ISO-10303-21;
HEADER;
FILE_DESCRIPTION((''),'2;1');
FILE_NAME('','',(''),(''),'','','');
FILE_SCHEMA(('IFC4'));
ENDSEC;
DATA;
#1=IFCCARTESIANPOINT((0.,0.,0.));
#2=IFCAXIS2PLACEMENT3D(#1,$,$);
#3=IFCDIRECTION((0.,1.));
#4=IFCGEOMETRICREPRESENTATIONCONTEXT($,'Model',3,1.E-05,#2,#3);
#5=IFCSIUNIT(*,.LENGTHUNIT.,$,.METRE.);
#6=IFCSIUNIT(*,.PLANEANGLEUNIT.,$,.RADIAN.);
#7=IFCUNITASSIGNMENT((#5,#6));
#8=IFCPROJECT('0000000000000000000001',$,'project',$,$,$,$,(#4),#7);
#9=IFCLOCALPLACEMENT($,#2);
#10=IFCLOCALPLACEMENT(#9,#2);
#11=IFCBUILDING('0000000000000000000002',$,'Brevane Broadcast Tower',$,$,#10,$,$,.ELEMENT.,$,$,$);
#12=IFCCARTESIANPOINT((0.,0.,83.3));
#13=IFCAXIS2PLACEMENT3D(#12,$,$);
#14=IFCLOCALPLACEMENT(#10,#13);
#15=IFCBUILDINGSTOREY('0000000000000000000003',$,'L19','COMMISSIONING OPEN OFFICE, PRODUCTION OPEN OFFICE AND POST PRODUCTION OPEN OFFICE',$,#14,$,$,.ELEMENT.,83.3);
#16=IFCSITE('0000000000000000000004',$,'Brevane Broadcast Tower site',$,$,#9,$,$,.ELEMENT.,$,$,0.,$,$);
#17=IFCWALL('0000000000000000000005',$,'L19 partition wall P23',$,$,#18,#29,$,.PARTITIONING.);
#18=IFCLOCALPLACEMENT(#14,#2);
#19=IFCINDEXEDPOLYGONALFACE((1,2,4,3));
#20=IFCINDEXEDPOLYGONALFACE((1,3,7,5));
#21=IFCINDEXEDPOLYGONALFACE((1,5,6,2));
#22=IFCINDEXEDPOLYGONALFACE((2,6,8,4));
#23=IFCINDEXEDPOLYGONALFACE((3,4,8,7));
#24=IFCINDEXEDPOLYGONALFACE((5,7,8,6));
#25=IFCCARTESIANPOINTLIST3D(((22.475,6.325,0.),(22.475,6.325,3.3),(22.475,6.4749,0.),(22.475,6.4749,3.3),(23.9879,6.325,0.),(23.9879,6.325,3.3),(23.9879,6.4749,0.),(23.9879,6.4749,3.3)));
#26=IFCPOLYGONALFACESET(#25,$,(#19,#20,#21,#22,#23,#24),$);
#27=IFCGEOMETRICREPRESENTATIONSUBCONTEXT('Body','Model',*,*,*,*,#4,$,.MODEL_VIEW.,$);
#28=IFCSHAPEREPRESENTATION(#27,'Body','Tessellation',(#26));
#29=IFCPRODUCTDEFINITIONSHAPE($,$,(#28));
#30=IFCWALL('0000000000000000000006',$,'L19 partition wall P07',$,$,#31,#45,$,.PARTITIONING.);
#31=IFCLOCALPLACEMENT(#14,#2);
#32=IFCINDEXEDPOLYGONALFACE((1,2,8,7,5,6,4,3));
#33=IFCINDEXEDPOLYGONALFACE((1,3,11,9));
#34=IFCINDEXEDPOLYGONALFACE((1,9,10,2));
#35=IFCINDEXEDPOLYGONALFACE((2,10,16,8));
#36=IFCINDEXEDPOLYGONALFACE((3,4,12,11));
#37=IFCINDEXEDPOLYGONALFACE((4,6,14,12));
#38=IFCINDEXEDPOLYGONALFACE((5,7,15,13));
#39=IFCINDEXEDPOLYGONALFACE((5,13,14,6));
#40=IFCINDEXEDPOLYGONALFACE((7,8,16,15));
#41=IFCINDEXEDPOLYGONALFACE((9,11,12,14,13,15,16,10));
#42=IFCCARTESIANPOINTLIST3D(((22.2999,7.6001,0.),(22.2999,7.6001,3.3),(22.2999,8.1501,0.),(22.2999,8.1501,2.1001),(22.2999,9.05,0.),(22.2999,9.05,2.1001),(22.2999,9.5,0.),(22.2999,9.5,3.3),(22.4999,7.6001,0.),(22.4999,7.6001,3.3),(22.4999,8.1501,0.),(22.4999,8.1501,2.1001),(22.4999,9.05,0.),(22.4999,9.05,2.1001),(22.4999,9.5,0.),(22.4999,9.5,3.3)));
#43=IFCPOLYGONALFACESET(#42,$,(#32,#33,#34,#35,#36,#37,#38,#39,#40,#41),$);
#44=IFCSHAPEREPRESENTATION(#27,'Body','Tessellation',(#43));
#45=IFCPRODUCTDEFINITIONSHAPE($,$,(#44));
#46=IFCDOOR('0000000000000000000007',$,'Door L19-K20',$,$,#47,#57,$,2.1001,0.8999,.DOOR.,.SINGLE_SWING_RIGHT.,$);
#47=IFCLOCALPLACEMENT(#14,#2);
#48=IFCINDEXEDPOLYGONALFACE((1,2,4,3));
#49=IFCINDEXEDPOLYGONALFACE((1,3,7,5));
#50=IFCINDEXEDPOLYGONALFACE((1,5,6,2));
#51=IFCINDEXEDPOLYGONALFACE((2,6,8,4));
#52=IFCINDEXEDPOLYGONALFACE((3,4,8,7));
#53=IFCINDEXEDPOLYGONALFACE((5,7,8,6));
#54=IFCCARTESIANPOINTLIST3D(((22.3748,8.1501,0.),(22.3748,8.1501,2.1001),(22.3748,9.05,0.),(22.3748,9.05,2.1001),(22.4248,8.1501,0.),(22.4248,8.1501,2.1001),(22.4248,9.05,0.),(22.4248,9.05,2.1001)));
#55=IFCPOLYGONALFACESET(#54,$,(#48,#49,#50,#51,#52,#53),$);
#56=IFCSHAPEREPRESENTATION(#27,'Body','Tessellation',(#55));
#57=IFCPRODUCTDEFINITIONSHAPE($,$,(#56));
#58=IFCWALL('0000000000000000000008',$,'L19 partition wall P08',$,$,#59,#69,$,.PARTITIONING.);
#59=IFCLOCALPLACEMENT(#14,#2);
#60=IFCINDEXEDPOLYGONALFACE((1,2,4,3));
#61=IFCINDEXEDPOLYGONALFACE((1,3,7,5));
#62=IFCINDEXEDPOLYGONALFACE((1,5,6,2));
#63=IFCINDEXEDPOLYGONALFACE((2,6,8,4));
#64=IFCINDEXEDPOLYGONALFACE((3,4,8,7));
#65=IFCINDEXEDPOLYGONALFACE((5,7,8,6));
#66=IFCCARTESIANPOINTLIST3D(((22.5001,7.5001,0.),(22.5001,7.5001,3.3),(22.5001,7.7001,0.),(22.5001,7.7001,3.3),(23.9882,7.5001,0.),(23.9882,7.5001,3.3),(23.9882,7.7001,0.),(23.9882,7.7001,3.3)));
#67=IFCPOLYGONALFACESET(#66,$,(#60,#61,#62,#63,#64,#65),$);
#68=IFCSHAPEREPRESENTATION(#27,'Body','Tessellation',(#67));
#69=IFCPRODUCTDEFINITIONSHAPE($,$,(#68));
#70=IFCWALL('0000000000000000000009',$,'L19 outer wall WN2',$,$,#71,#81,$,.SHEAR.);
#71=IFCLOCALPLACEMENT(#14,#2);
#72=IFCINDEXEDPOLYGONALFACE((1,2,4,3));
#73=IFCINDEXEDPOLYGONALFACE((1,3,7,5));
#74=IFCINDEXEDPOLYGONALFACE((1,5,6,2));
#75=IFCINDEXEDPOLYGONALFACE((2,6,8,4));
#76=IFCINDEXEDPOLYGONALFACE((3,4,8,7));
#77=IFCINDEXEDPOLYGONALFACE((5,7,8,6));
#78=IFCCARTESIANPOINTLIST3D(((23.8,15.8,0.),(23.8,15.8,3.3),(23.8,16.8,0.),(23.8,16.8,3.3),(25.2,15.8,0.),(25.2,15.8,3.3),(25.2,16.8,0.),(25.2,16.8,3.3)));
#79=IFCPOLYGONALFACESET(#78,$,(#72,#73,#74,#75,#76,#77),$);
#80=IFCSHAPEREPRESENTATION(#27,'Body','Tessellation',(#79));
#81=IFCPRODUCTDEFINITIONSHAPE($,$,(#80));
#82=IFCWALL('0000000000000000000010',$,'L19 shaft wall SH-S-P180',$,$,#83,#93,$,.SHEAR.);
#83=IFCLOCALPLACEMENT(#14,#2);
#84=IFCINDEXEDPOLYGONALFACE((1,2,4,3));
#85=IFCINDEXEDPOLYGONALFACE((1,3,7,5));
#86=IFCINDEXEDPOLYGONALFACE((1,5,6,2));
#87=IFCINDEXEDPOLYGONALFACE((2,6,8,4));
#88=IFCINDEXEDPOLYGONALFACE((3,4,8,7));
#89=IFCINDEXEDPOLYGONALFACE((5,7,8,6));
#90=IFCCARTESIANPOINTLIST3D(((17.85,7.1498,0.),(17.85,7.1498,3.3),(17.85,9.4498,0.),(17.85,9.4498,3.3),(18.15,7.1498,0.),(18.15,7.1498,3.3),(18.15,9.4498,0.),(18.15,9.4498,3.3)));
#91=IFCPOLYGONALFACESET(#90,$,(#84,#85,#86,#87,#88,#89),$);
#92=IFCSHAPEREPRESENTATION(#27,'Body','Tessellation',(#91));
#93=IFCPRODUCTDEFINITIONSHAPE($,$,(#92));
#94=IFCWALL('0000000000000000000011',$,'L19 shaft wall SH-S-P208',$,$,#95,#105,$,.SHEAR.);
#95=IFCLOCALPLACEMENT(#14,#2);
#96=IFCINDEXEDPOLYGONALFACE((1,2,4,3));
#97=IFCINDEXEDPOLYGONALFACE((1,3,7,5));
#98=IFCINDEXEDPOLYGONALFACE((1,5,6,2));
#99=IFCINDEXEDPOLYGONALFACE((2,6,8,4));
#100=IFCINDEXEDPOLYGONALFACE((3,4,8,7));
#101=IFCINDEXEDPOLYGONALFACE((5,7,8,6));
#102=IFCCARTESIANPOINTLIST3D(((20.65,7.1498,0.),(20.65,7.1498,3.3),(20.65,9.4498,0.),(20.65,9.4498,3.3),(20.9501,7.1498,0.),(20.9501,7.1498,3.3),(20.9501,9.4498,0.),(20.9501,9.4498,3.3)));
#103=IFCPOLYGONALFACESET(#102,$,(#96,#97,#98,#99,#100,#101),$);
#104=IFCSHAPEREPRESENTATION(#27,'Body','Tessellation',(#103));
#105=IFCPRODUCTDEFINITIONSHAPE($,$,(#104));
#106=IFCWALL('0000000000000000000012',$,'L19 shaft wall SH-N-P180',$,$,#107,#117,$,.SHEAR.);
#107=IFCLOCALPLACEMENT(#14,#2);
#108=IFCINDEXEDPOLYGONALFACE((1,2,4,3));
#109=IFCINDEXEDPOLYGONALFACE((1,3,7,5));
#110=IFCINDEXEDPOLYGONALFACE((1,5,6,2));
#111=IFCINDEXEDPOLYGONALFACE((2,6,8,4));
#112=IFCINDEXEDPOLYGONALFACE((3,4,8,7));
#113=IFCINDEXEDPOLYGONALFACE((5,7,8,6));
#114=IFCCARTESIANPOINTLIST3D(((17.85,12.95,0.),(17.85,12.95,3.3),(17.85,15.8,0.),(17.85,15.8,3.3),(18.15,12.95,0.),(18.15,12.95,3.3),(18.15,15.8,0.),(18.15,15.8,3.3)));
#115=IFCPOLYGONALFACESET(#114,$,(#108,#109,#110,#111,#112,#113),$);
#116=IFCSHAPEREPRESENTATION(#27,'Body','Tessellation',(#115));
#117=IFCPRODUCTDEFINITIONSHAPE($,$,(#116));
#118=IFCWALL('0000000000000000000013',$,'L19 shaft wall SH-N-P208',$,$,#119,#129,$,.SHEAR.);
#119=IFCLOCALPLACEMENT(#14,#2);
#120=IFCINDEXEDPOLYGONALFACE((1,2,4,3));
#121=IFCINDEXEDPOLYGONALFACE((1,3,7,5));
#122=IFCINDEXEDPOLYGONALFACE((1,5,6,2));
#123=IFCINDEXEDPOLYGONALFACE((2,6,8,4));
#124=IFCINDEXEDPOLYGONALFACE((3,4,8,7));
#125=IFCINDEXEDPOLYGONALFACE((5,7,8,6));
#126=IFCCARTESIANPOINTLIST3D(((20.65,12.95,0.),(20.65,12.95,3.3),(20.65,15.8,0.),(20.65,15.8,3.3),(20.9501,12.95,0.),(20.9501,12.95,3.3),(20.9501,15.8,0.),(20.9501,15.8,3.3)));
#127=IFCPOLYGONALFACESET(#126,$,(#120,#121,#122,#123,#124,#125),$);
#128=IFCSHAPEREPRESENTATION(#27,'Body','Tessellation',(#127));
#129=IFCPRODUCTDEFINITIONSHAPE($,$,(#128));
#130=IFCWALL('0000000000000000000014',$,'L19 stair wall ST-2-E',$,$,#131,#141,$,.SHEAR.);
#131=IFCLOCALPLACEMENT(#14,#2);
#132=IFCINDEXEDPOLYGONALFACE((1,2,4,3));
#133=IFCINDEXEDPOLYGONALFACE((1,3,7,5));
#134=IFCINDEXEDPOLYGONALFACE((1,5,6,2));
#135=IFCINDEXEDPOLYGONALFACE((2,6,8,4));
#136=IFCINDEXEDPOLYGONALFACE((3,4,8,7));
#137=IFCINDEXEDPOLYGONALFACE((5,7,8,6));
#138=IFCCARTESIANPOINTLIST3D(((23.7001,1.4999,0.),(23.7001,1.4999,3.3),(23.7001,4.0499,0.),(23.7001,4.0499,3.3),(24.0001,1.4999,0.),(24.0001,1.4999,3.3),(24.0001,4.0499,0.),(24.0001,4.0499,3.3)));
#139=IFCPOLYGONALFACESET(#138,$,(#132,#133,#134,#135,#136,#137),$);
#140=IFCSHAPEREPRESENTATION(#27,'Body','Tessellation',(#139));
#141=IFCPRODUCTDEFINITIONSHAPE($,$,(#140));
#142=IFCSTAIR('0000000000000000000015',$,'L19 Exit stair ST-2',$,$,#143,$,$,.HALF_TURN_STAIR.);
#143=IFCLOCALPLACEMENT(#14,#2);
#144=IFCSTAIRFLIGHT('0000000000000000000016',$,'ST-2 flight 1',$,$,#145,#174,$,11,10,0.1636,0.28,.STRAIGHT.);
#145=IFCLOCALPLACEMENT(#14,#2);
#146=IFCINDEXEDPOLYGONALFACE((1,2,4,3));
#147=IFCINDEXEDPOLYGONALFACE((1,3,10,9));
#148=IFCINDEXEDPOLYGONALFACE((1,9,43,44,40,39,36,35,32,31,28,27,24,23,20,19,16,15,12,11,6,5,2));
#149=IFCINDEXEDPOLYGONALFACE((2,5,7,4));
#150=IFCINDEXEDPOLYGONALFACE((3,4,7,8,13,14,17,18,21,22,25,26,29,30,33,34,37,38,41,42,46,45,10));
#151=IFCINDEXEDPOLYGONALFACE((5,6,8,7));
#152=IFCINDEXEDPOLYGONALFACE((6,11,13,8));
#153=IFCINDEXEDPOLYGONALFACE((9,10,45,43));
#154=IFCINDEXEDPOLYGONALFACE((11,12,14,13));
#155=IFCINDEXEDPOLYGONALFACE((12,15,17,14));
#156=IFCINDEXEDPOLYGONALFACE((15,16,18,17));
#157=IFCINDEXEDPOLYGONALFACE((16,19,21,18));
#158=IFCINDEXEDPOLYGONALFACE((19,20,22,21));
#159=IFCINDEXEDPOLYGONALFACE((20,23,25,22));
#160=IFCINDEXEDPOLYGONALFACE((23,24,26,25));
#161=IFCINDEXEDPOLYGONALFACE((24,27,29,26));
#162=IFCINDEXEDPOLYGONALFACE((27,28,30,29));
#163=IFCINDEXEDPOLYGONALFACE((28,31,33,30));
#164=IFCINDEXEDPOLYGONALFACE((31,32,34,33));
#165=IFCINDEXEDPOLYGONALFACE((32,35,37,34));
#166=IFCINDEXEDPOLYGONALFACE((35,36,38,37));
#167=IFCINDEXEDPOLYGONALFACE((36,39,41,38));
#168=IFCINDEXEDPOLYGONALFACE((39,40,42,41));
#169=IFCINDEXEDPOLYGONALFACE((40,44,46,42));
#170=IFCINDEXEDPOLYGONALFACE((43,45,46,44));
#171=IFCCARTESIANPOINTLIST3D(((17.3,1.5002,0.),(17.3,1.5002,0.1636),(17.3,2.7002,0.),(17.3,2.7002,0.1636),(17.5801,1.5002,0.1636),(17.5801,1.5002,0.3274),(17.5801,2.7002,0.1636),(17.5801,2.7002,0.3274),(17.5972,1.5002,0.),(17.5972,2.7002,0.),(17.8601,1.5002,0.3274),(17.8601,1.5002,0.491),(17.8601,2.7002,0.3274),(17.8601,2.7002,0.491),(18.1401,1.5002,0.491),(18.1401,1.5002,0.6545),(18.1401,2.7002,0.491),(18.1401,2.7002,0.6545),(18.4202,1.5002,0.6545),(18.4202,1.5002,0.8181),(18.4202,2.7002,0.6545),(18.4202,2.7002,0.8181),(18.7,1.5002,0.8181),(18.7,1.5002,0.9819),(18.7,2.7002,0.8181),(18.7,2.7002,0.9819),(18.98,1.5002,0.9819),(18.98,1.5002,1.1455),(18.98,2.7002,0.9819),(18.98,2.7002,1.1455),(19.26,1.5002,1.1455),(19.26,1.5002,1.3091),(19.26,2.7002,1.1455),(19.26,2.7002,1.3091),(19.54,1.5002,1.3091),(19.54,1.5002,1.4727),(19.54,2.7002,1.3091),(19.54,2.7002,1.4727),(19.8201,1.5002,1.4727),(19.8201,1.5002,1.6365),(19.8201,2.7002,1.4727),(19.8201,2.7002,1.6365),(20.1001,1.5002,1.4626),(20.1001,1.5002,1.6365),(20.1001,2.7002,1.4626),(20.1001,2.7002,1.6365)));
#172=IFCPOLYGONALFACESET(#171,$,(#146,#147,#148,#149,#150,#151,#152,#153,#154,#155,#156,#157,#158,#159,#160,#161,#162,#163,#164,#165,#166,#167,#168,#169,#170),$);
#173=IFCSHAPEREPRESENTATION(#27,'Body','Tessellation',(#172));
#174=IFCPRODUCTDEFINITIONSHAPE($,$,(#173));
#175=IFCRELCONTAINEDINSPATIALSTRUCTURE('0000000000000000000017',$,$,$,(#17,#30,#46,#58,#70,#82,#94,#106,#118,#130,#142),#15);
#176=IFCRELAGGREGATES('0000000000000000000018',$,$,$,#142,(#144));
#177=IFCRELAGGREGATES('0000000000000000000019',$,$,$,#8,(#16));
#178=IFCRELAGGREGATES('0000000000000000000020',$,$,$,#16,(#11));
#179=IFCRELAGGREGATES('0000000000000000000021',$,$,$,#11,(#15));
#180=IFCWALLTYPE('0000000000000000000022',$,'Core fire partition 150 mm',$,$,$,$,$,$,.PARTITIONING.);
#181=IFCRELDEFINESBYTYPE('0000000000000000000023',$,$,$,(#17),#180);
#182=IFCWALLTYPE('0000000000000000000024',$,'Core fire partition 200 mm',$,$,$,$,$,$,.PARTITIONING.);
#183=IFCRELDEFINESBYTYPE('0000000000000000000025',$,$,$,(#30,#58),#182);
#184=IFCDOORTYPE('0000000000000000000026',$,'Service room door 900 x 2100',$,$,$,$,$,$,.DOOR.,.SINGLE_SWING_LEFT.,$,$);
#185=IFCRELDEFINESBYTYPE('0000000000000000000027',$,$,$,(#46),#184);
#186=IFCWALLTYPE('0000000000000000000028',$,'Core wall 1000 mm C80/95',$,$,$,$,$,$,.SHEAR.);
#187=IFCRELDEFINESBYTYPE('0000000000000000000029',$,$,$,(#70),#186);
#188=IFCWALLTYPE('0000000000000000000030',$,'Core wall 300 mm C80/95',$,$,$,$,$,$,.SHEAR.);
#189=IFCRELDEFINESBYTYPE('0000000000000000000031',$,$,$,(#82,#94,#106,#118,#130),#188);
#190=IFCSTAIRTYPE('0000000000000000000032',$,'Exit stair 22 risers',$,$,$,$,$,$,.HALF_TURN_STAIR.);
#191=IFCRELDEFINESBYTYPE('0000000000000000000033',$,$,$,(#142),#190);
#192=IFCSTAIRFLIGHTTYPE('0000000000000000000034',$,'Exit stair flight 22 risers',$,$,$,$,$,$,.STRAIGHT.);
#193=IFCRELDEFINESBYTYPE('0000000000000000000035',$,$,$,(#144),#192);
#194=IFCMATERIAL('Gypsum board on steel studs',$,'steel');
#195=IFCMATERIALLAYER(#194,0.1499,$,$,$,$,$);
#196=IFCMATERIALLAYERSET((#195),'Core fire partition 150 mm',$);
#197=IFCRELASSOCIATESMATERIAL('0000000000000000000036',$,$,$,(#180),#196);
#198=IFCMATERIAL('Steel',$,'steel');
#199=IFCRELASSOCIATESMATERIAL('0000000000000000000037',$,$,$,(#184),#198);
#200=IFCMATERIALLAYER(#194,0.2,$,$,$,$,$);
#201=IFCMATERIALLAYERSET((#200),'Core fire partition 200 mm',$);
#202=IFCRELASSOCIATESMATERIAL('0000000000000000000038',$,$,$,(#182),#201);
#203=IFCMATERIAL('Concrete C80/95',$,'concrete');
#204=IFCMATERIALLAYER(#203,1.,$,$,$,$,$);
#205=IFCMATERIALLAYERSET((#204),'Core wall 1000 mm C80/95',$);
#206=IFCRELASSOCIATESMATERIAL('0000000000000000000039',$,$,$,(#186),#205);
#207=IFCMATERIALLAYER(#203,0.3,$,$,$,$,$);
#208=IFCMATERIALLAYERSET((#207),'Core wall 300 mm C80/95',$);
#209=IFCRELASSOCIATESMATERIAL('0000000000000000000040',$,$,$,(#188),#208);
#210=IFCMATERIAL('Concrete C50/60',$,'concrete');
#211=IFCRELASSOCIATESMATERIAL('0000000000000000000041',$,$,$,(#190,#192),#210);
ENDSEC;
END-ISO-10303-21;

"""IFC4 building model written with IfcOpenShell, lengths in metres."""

from ifc_helpers import new_model, si_unit, direction, frame, frame_2d, origin, place, context, subcontext, project, spatial, polyline, rectangle, outline, extrude, material, layer, layer_set, type_object, element, fill, aggregate, save


model = new_model("IFC4")

# Units and contexts
model_context = context("Model", 3, precision=1e-05, world=origin(), true_north=direction((0.0, 1.0)))
body_context = subcontext(model_context, "Body", "Model", "MODEL_VIEW")
ifc_project = project(units=[si_unit("LENGTHUNIT", "METRE"), si_unit("PLANEANGLEUNIT", "RADIAN")], contexts=[model_context])

# Site, building, storey
site_placement = place(None, origin())
site = spatial("IfcSite", under=ifc_project, at=site_placement, Name="Brevane Broadcast Tower site", CompositionType="ELEMENT", RefElevation=0.0)
building_placement = place(site_placement, origin())
building = spatial("IfcBuilding", under=site, at=building_placement, Name="Brevane Broadcast Tower", CompositionType="ELEMENT")
storey_placement = place(building_placement, frame((0.0, 0.0, 83.3)))
storey = spatial("IfcBuildingStorey", under=building, at=storey_placement, Name="L19", Description="COMMISSIONING OPEN OFFICE, PRODUCTION OPEN OFFICE AND POST PRODUCTION OPEN OFFICE", CompositionType="ELEMENT", Elevation=83.3)

# Shared definitions
ifc_material_1 = material(Name="Gypsum board on steel studs", Category="steel")
ifc_layer_1 = layer(ifc_material_1, 0.1499)
ifc_layer_set_1 = layer_set([ifc_layer_1], Name="Core fire partition 150 mm")
wall_type_1 = type_object("IfcWallType", Name="Core fire partition 150 mm", PredefinedType="PARTITIONING", material=ifc_layer_set_1)

# Shared definitions
ifc_material_2 = material(Name="Steel", Category="steel")
door_type_1 = type_object("IfcDoorType", Name="Service room door 900 x 2100", OperationType="SINGLE_SWING_LEFT", PredefinedType="DOOR", material=ifc_material_2)

# Wall
wall_1_placement = place(storey_placement, frame((22.4751, 6.3999, 0.0), z_axis=(0.0, 0.0, 1.0), x_axis=(1.0, 0.0, 0.0)))
element("IfcWall", 1, at=wall_1_placement, inside=storey, type_object=wall_type_1, Name="L19 partition wall P23", PredefinedType="PARTITIONING", context=body_context, shape_type="SweptSolid", body=[
    extrude(rectangle(XDim=1.5129, YDim=0.1499, at=frame_2d((0.7563, 0.0))), origin(), (0.0, 0.0, 1.0), 3.3),
])

# Wall, opening, door
ifc_layer_2 = layer(ifc_material_1, 0.2)
ifc_layer_set_2 = layer_set([ifc_layer_2], Name="Core fire partition 200 mm")
wall_type_2 = type_object("IfcWallType", Name="Core fire partition 200 mm", PredefinedType="PARTITIONING", material=ifc_layer_set_2)
wall_2_placement = place(storey_placement, frame((22.3999, 9.5, 0.0), z_axis=(0.0, 0.0, 1.0), x_axis=(0.0, -1.0, 0.0)))
wall_2 = element("IfcWall", 2, at=wall_2_placement, inside=storey, type_object=wall_type_2, Name="L19 partition wall P07", PredefinedType="PARTITIONING", context=body_context, shape_type="SweptSolid", body=[
    extrude(rectangle(XDim=1.8999, YDim=0.2, at=frame_2d((0.95, 0.0))), origin(), (0.0, 0.0, 1.0), 3.3),
])
opening_1_placement = place(wall_2_placement, frame((0.45, 0.0, 0.0)))
opening_1 = element("IfcOpeningElement", 3, at=opening_1_placement, cuts=wall_2, PredefinedType="OPENING", context=body_context, shape_type="SweptSolid", body=[
    extrude(rectangle(XDim=0.8999, YDim=2.1001, at=frame_2d((0.45, 1.05))), frame((0.0, 0.1099, 0.0), z_axis=(0.0, -1.0, 0.0), x_axis=(1.0, 0.0, 0.0)), (0.0, 0.0, 1.0), 0.22),
])
door_1_placement = place(opening_1_placement, origin())
door_1 = element("IfcDoor", 4, at=door_1_placement, inside=storey, type_object=door_type_1, Name="Door L19-K20", OperationType="SINGLE_SWING_RIGHT", OverallHeight=2.1001, OverallWidth=0.8999, PredefinedType="DOOR", context=body_context, shape_type="SweptSolid", body=[
    extrude(rectangle(XDim=0.8999, YDim=2.1001, at=frame_2d((0.45, 1.05))), frame((0.0, 0.0249, 0.0), z_axis=(0.0, -1.0, 0.0), x_axis=(1.0, 0.0, 0.0)), (0.0, 0.0, 1.0), 0.05),
])
fill(opening_1, door_1)

# Walls
wall_3_placement = place(storey_placement, frame((22.5, 7.6001, 0.0), z_axis=(0.0, 0.0, 1.0), x_axis=(1.0, 0.0, 0.0)))
element("IfcWall", 5, at=wall_3_placement, inside=storey, type_object=wall_type_2, Name="L19 partition wall P08", PredefinedType="PARTITIONING", context=body_context, shape_type="SweptSolid", body=[
    extrude(rectangle(XDim=1.488, YDim=0.2, at=frame_2d((0.7441, 0.0))), origin(), (0.0, 0.0, 1.0), 3.3),
])
ifc_material_3 = material(Name="Concrete C80/95", Category="concrete")
ifc_layer_3 = layer(ifc_material_3, 1.0)
ifc_layer_set_3 = layer_set([ifc_layer_3], Name="Core wall 1000 mm C80/95")
wall_type_3 = type_object("IfcWallType", Name="Core wall 1000 mm C80/95", PredefinedType="SHEAR", material=ifc_layer_set_3)
wall_4_placement = place(storey_placement, frame((23.8, 16.3, 0.0), z_axis=(0.0, 0.0, 1.0), x_axis=(1.0, 0.0, 0.0)))
element("IfcWall", 6, at=wall_4_placement, inside=storey, type_object=wall_type_3, Name="L19 outer wall WN2", PredefinedType="SHEAR", context=body_context, shape_type="SweptSolid", body=[
    extrude(rectangle(XDim=1.3999, YDim=1.0, at=frame_2d((0.7, 0.0))), origin(), (0.0, 0.0, 1.0), 3.3),
])
ifc_layer_4 = layer(ifc_material_3, 0.3)
ifc_layer_set_4 = layer_set([ifc_layer_4], Name="Core wall 300 mm C80/95")
wall_type_4 = type_object("IfcWallType", Name="Core wall 300 mm C80/95", PredefinedType="SHEAR", material=ifc_layer_set_4)
for number, where, z_axis, x_axis, name in (
    (7, (18.0, 7.1499, 0.0), (0.0, 0.0, 1.0), (0.0, 1.0, 0.0), "L19 shaft wall SH-S-P180"),
    (8, (20.8, 7.1499, 0.0), (0.0, 0.0, 1.0), (0.0, 1.0, 0.0), "L19 shaft wall SH-S-P208"),
):
    element("IfcWall", number, at=place(storey_placement, frame(where, z_axis=z_axis, x_axis=x_axis)), inside=storey, type_object=wall_type_4, Name=name, PredefinedType="SHEAR", context=body_context, shape_type="SweptSolid", body=[
        extrude(rectangle(XDim=2.3, YDim=0.3, at=frame_2d((1.1499, 0.0))), origin(), (0.0, 0.0, 1.0), 3.3),
    ])
for number, where, z_axis, x_axis, name in (
    (9, (18.0, 12.95, 0.0), (0.0, 0.0, 1.0), (0.0, 1.0, 0.0), "L19 shaft wall SH-N-P180"),
    (10, (20.8, 12.95, 0.0), (0.0, 0.0, 1.0), (0.0, 1.0, 0.0), "L19 shaft wall SH-N-P208"),
):
    element("IfcWall", number, at=place(storey_placement, frame(where, z_axis=z_axis, x_axis=x_axis)), inside=storey, type_object=wall_type_4, Name=name, PredefinedType="SHEAR", context=body_context, shape_type="SweptSolid", body=[
        extrude(rectangle(XDim=2.8501, YDim=0.3, at=frame_2d((1.425, 0.0))), origin(), (0.0, 0.0, 1.0), 3.3),
    ])
wall_5_placement = place(storey_placement, frame((23.8501, 1.5, 0.0), z_axis=(0.0, 0.0, 1.0), x_axis=(0.0, 1.0, 0.0)))
element("IfcWall", 11, at=wall_5_placement, inside=storey, type_object=wall_type_4, Name="L19 stair wall ST-2-E", PredefinedType="SHEAR", context=body_context, shape_type="SweptSolid", body=[
    extrude(rectangle(XDim=2.55, YDim=0.3, at=frame_2d((1.2749, 0.0))), origin(), (0.0, 0.0, 1.0), 3.3),
])

# Stair, stair flight
ifc_material_4 = material(Name="Concrete C50/60", Category="concrete")
stair_type = type_object("IfcStairType", Name="Exit stair 22 risers", PredefinedType="HALF_TURN_STAIR", material=ifc_material_4)
stair_placement = place(storey_placement, origin())
stair = element("IfcStair", 12, at=stair_placement, inside=storey, type_object=stair_type, Name="L19 Exit stair ST-2", PredefinedType="HALF_TURN_STAIR")
stair_flight_type = type_object("IfcStairFlightType", Name="Exit stair flight 22 risers", PredefinedType="STRAIGHT", material=ifc_material_4)
stair_flight_1_placement = place(storey_placement, frame((17.3, 2.1001, 0.0), z_axis=(0.0, 0.0, 1.0), x_axis=(1.0, 0.0, 0.0)))
stair_flight_1 = element("IfcStairFlight", 13, at=stair_flight_1_placement, type_object=stair_flight_type, Name="ST-2 flight 1", NumberOfRisers=11, NumberOfTreads=10, PredefinedType="STRAIGHT", RiserHeight=0.1636, TreadLength=0.28, context=body_context, shape_type="SweptSolid", body=[
    extrude(outline(polyline([(0.0, 0.0), (0.0, 0.1636), (0.28, 0.1636), (0.28, 0.3274), (0.5601, 0.3274), (0.5601, 0.491), (0.8401, 0.491), (0.8401, 0.6545), (1.1201, 0.6545), (1.1201, 0.8181), (1.3999, 0.8181), (1.3999, 0.9819), (1.6799, 0.9819), (1.6799, 1.1455), (1.96, 1.1455), (1.96, 1.3091), (2.24, 1.3091), (2.24, 1.4727), (2.52, 1.4727), (2.52, 1.6365), (2.8, 1.6365), (2.8, 1.8), (2.8, 1.4626), (0.2971, 0.0), (0.0, 0.0)])), frame((0.0, 0.6001, 0.0), z_axis=(0.0, -1.0, 0.0), x_axis=(1.0, 0.0, 0.0)), (0.0, 0.0, 1.0), 1.2),
])
aggregate(stair, [stair_flight_1])

save(model, "model.ifc")
